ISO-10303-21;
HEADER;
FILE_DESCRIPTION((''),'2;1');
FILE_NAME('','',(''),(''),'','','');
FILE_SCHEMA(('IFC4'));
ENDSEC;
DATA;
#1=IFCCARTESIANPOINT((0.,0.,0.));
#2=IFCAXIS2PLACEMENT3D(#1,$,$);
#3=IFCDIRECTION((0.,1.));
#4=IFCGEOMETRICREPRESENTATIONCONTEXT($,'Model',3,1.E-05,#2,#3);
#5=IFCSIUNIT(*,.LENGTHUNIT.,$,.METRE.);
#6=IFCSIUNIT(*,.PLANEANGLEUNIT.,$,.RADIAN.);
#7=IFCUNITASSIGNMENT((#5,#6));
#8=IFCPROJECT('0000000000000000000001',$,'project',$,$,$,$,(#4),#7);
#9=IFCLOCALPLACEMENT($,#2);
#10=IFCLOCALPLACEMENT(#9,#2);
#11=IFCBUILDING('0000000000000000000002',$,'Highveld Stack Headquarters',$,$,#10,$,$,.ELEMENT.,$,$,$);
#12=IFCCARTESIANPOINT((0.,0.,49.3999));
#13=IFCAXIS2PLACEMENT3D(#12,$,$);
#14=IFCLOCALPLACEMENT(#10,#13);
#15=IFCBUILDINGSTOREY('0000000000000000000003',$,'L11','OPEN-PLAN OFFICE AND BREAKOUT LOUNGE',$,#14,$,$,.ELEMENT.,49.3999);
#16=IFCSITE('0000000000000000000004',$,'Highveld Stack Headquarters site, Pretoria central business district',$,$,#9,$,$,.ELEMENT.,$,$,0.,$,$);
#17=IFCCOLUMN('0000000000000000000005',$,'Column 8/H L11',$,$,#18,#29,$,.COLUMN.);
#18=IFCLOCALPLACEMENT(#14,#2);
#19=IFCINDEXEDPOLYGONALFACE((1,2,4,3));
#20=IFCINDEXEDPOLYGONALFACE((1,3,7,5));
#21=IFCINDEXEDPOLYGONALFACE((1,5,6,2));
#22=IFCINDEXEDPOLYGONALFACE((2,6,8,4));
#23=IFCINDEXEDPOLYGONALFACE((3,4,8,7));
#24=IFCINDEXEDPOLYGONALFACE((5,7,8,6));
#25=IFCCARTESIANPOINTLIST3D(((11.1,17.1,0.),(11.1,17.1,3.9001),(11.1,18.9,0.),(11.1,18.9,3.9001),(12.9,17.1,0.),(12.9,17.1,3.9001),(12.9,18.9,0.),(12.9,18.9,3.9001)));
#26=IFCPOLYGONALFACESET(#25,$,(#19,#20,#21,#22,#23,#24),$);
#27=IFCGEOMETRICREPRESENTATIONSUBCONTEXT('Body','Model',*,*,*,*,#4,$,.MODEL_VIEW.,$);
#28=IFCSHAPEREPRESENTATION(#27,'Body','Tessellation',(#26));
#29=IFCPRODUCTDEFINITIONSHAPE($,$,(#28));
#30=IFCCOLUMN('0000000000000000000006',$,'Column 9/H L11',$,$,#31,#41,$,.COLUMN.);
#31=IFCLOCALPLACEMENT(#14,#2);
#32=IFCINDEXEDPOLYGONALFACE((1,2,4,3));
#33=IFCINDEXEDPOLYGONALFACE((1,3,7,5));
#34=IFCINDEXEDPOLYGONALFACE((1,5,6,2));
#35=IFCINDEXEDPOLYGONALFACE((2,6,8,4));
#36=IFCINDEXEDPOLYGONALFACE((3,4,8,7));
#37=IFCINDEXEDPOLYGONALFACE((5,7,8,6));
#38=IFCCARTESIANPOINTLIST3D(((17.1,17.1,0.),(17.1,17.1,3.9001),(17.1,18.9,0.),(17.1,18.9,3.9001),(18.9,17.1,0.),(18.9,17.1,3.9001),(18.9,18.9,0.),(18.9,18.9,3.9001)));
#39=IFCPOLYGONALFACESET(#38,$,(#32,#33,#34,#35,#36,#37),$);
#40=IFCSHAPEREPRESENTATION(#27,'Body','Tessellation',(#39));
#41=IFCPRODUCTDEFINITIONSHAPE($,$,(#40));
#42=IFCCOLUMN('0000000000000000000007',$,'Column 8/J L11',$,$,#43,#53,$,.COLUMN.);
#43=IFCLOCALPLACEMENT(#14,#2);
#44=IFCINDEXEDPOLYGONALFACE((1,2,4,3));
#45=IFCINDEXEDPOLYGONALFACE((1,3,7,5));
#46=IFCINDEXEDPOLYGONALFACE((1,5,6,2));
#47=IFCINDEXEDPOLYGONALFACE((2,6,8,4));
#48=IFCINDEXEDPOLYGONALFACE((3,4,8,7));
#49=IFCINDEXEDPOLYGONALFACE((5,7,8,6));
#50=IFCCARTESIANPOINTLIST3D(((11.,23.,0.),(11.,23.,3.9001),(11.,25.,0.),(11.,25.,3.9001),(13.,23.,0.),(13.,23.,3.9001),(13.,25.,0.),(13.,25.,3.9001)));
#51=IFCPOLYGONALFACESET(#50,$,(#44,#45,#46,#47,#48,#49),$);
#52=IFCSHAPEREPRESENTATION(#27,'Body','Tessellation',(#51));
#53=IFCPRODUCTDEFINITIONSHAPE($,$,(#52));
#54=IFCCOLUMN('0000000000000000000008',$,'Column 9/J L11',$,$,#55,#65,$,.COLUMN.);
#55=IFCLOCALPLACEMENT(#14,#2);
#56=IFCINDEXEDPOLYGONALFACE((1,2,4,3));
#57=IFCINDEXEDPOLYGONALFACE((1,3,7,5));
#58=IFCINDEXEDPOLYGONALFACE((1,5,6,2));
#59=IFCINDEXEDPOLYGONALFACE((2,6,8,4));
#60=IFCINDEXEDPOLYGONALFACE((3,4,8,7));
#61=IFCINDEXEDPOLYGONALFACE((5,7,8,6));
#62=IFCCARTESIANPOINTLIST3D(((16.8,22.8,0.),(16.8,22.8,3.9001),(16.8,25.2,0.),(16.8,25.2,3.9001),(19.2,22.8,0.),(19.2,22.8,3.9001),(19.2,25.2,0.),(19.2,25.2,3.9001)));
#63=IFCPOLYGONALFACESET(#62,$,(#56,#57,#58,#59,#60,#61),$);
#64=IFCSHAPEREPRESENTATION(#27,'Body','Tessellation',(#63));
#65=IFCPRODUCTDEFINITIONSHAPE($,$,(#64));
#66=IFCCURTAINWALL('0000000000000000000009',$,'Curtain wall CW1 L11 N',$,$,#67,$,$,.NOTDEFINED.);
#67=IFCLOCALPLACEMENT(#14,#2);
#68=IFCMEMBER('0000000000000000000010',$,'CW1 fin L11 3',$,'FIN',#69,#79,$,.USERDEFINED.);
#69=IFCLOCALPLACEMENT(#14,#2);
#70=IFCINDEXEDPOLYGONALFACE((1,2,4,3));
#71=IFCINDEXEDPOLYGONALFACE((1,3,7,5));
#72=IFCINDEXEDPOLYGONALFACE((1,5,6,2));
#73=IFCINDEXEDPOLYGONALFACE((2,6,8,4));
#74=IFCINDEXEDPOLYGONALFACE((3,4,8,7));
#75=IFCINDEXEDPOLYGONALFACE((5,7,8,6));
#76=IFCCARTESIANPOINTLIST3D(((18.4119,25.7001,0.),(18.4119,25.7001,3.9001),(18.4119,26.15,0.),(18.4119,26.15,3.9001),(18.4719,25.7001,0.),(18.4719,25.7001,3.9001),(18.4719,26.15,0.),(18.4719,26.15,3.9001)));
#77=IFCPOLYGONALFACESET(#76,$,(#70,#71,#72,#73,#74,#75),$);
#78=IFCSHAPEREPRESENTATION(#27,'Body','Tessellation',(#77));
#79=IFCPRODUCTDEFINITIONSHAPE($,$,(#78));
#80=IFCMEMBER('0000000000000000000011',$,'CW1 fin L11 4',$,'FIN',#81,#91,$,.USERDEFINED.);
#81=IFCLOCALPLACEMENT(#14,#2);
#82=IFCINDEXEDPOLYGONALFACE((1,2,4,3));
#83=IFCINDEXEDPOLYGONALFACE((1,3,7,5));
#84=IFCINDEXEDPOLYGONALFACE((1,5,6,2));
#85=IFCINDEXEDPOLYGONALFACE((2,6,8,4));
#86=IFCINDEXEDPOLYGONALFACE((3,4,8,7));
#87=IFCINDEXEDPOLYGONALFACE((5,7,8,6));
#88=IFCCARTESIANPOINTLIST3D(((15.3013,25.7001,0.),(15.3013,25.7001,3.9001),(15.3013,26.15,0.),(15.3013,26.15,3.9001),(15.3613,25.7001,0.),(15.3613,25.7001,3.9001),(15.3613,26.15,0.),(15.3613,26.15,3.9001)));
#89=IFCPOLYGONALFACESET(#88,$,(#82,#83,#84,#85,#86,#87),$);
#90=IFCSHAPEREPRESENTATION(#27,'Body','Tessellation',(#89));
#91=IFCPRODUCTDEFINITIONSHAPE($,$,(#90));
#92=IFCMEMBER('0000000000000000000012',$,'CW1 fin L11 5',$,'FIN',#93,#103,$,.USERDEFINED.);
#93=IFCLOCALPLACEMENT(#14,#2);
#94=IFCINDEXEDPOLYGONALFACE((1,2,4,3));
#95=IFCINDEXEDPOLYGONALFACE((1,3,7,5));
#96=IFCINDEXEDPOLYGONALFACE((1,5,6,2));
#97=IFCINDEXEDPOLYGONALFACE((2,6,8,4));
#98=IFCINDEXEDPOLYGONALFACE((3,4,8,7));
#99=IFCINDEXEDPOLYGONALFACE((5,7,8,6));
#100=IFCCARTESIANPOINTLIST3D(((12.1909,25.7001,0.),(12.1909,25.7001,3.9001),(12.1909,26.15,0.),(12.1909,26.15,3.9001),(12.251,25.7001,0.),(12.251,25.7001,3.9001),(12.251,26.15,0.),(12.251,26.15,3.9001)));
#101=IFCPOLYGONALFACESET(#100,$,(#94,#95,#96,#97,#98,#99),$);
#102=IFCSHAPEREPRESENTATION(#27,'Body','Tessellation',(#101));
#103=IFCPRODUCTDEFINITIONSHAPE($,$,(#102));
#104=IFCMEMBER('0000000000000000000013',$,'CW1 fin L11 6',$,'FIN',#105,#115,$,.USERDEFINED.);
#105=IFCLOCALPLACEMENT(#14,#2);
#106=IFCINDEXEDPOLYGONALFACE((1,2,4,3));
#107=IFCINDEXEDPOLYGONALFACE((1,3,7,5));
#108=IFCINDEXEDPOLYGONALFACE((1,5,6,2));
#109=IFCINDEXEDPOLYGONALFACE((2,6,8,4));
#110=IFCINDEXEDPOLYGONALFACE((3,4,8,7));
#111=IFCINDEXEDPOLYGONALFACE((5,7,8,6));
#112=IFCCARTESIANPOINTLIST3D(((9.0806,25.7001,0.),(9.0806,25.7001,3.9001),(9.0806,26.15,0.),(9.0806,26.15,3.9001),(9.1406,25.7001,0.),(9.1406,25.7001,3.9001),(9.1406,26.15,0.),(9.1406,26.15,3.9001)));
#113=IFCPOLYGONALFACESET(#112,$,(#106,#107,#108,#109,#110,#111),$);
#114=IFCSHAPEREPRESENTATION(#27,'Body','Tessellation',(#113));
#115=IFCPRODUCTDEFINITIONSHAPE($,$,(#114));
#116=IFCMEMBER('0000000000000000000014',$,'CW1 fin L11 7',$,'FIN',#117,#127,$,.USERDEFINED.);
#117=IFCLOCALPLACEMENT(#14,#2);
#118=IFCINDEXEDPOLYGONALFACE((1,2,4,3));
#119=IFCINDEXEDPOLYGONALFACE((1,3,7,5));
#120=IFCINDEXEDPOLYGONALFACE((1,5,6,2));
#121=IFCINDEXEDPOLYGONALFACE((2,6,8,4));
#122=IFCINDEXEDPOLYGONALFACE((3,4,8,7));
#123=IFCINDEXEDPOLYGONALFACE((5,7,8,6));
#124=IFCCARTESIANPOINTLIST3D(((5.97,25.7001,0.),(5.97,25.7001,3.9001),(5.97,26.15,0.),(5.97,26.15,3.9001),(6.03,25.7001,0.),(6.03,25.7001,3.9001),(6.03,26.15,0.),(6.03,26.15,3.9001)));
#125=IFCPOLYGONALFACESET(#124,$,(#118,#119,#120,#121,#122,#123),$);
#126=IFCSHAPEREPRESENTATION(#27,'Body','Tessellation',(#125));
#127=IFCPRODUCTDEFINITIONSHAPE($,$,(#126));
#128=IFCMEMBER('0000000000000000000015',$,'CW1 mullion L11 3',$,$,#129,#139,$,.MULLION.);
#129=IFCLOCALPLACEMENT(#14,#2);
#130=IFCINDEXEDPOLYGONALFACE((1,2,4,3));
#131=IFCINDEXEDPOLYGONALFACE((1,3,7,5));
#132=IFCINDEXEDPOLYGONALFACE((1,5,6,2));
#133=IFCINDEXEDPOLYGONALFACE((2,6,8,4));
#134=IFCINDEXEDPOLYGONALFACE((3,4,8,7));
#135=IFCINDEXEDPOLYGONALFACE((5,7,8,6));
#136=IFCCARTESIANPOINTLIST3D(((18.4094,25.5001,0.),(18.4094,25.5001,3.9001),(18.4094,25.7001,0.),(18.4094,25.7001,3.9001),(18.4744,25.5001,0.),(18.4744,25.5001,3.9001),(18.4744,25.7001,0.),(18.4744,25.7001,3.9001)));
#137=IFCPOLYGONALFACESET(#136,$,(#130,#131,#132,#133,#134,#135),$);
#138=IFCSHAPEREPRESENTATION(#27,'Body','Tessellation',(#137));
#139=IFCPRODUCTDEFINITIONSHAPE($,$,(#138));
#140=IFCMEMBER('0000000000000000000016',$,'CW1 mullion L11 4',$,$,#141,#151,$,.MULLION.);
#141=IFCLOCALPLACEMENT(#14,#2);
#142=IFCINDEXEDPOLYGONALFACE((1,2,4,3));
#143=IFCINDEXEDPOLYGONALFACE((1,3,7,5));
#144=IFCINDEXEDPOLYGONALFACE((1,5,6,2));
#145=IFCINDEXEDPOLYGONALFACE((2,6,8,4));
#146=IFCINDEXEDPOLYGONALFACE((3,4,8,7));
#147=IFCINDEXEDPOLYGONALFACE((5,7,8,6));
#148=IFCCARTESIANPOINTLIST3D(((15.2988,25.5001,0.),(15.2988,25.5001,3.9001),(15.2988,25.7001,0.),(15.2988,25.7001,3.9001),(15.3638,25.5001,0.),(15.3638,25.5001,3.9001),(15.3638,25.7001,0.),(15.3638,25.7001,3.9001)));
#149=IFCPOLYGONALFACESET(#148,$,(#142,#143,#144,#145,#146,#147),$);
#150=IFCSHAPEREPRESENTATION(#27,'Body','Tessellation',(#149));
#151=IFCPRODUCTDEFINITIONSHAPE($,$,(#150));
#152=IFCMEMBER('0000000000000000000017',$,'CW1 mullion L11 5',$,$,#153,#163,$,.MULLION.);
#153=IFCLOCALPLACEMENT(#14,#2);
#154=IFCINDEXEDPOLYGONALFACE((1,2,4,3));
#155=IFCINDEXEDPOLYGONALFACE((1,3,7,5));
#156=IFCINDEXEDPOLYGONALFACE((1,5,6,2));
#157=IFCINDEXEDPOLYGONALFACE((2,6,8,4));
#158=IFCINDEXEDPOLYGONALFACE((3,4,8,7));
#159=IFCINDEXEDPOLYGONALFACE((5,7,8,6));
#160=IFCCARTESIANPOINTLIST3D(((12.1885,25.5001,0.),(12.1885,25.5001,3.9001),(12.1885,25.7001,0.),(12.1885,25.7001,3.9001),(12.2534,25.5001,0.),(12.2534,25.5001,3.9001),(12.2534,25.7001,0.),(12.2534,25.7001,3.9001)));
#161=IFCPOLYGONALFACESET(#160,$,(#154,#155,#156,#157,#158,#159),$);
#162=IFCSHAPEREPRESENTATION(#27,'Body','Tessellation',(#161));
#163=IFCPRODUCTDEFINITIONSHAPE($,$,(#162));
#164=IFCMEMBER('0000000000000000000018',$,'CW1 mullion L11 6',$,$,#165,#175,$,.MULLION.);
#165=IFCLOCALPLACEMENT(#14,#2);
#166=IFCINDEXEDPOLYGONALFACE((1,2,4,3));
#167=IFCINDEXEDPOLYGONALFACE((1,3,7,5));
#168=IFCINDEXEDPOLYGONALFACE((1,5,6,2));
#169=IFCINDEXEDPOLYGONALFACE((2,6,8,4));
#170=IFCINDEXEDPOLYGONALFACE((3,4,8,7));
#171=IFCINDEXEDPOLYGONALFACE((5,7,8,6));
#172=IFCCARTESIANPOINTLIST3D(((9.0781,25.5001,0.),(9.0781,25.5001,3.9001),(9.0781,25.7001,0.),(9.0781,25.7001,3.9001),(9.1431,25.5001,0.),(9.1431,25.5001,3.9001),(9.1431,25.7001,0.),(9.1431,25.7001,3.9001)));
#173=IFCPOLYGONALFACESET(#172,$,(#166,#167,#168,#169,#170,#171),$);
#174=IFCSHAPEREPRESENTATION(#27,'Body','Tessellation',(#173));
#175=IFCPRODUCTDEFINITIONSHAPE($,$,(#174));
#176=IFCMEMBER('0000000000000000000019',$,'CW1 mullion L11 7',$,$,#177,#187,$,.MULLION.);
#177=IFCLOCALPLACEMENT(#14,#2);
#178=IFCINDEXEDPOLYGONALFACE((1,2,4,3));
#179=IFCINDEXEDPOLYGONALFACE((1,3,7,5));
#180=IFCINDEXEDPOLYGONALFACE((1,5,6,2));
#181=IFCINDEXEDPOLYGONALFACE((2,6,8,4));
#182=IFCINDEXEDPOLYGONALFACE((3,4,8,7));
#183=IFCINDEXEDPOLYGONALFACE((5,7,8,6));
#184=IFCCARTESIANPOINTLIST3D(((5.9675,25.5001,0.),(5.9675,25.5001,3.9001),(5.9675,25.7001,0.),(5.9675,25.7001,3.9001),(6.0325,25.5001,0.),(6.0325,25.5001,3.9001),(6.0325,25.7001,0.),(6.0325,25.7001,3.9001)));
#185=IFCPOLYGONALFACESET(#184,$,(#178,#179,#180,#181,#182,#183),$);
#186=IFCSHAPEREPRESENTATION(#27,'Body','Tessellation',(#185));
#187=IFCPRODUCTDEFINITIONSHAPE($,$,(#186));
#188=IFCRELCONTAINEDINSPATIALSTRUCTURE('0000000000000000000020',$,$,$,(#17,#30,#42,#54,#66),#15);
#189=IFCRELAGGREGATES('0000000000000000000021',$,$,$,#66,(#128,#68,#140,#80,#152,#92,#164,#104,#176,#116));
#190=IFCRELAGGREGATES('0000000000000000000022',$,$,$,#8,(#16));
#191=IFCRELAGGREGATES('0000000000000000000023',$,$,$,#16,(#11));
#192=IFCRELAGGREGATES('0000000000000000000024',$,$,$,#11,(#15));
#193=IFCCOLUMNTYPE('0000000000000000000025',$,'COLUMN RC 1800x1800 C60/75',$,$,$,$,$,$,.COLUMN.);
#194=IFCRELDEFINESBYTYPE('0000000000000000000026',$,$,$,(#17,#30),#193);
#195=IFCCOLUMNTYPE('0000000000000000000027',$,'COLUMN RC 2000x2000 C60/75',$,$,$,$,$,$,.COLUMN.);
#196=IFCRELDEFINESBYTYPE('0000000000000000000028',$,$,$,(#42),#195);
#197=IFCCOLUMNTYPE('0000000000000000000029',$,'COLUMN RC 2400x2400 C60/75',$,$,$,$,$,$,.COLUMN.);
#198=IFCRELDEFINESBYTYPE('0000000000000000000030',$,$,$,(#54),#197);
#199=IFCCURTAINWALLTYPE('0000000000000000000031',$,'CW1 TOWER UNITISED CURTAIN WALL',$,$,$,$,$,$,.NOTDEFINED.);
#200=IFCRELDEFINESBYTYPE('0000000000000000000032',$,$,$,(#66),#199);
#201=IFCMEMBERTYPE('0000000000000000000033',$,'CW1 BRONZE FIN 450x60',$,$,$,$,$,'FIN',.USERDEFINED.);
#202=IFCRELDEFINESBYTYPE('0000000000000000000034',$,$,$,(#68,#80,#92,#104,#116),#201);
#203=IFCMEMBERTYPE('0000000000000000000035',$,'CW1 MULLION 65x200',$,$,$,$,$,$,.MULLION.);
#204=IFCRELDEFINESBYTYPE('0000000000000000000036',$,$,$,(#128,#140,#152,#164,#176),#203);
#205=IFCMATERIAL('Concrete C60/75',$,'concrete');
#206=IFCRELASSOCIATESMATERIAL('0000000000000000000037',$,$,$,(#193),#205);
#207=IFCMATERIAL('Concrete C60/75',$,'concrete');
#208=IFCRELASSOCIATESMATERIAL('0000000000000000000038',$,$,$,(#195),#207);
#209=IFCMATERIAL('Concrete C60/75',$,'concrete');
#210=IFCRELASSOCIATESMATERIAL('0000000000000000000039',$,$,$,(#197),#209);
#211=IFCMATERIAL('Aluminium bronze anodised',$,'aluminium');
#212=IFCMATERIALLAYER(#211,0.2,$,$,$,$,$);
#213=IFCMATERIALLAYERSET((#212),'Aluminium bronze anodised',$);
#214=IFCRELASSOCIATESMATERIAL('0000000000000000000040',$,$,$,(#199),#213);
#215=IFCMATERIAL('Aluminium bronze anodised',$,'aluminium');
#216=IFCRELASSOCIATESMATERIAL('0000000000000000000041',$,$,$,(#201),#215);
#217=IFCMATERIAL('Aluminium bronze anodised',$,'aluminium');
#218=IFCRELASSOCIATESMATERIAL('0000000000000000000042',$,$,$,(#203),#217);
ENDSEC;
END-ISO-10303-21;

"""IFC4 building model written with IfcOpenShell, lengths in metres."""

from ifc_helpers import new_model, si_unit, direction, frame, origin, origin_2d, place, context, subcontext, project, spatial, rectangle, extrude, material, layer, layer_set, material_profile, profile_set, type_object, element, aggregate, save


model = new_model("IFC4")

# Units and contexts
model_context = context("Model", 3, precision=1e-05, world=origin(), true_north=direction((0.0, 1.0)))
body_context = subcontext(model_context, "Body", "Model", "MODEL_VIEW")
ifc_project = project(units=[si_unit("LENGTHUNIT", "METRE"), si_unit("PLANEANGLEUNIT", "RADIAN")], contexts=[model_context])

# Site, building, storey
site_placement = place(None, origin())
site = spatial("IfcSite", under=ifc_project, at=site_placement, Name="Highveld Stack Headquarters site, Pretoria central business district", CompositionType="ELEMENT", RefElevation=0.0)
building_placement = place(site_placement, origin())
building = spatial("IfcBuilding", under=site, at=building_placement, Name="Highveld Stack Headquarters", CompositionType="ELEMENT")
storey_placement = place(building_placement, frame((0.0, 0.0, 49.3999)))
storey = spatial("IfcBuildingStorey", under=building, at=storey_placement, Name="L11", Description="OPEN-PLAN OFFICE AND BREAKOUT LOUNGE", CompositionType="ELEMENT", Elevation=49.3999)

# Columns
ifc_material_1 = material(Name="Concrete C60/75", Category="concrete")
ifc_material_profile_1 = material_profile(ifc_material_1, rectangle(XDim=1.8, YDim=1.8, at=origin_2d()), Name="RC 1800x1800")
ifc_profile_set_1 = profile_set([ifc_material_profile_1], Name="Concrete C60/75")
column_type_1 = type_object("IfcColumnType", Name="COLUMN RC 1800x1800 C60/75", PredefinedType="COLUMN", material=ifc_profile_set_1)
for number, where, z_axis, x_axis, name in (
    (1, (12.0, 18.0, 0.0), (0.0, 0.0, 1.0), (1.0, 0.0, 0.0), "Column 8/H L11"),
    (2, (18.0, 18.0, 0.0), (0.0, 0.0, 1.0), (1.0, 0.0, 0.0), "Column 9/H L11"),
):
    element("IfcColumn", number, at=place(storey_placement, frame(where, z_axis=z_axis, x_axis=x_axis)), inside=storey, type_object=column_type_1, Name=name, PredefinedType="COLUMN", context=body_context, shape_type="SweptSolid", body=[
        extrude(rectangle(XDim=1.8, YDim=1.8, at=origin_2d()), origin(), (0.0, 0.0, 1.0), 3.9001),
    ])
ifc_material_2 = material(Name="Concrete C60/75", Category="concrete")
ifc_material_profile_2 = material_profile(ifc_material_2, rectangle(XDim=2.0, YDim=2.0, at=origin_2d()), Name="RC 2000x2000")
ifc_profile_set_2 = profile_set([ifc_material_profile_2], Name="Concrete C60/75")
column_type_2 = type_object("IfcColumnType", Name="COLUMN RC 2000x2000 C60/75", PredefinedType="COLUMN", material=ifc_profile_set_2)
column_1_placement = place(storey_placement, frame((12.0, 24.0, 0.0), z_axis=(0.0, 0.0, 1.0), x_axis=(1.0, 0.0, 0.0)))
element("IfcColumn", 3, at=column_1_placement, inside=storey, type_object=column_type_2, Name="Column 8/J L11", PredefinedType="COLUMN", context=body_context, shape_type="SweptSolid", body=[
    extrude(rectangle(XDim=2.0, YDim=2.0, at=origin_2d()), origin(), (0.0, 0.0, 1.0), 3.9001),
])
ifc_material_3 = material(Name="Concrete C60/75", Category="concrete")
ifc_material_profile_3 = material_profile(ifc_material_3, rectangle(XDim=2.3999, YDim=2.3999, at=origin_2d()), Name="RC 2400x2400")
ifc_profile_set_3 = profile_set([ifc_material_profile_3], Name="Concrete C60/75")
column_type_3 = type_object("IfcColumnType", Name="COLUMN RC 2400x2400 C60/75", PredefinedType="COLUMN", material=ifc_profile_set_3)
column_2_placement = place(storey_placement, frame((18.0, 24.0, 0.0), z_axis=(0.0, 0.0, 1.0), x_axis=(1.0, 0.0, 0.0)))
element("IfcColumn", 4, at=column_2_placement, inside=storey, type_object=column_type_3, Name="Column 9/J L11", PredefinedType="COLUMN", context=body_context, shape_type="SweptSolid", body=[
    extrude(rectangle(XDim=2.3999, YDim=2.3999, at=origin_2d()), origin(), (0.0, 0.0, 1.0), 3.9001),
])

# Curtain wall, members
ifc_material_4 = material(Name="Aluminium bronze anodised", Category="aluminium")
ifc_layer_1 = layer(ifc_material_4, 0.2)
ifc_layer_set_1 = layer_set([ifc_layer_1], Name="Aluminium bronze anodised")
curtain_wall_type = type_object("IfcCurtainWallType", Name="CW1 TOWER UNITISED CURTAIN WALL", PredefinedType="NOTDEFINED", material=ifc_layer_set_1)
curtain_wall_placement = place(storey_placement, origin())
curtain_wall = element("IfcCurtainWall", 5, at=curtain_wall_placement, inside=storey, type_object=curtain_wall_type, Name="Curtain wall CW1 L11 N", PredefinedType="NOTDEFINED")
ifc_material_5 = material(Name="Aluminium bronze anodised", Category="aluminium")
ifc_material_profile_4 = material_profile(ifc_material_5, rectangle(XDim=0.45, YDim=0.0601, at=origin_2d()), Name="FIN 450x60")
ifc_profile_set_4 = profile_set([ifc_material_profile_4], Name="Aluminium bronze anodised")
member_type_1 = type_object("IfcMemberType", Name="CW1 BRONZE FIN 450x60", ElementType="FIN", PredefinedType="USERDEFINED", material=ifc_profile_set_4)
member_1_placement = place(storey_placement, frame((18.4419, 25.925, 0.0), z_axis=(0.0, 0.0, 1.0), x_axis=(0.0, -1.0, 0.0)))
member_1 = element("IfcMember", 6, at=member_1_placement, type_object=member_type_1, Name="CW1 fin L11 3", ObjectType="FIN", PredefinedType="USERDEFINED", context=body_context, shape_type="SweptSolid", body=[
    extrude(rectangle(XDim=0.45, YDim=0.0601, at=origin_2d()), origin(), (0.0, 0.0, 1.0), 3.9001),
])
member_2_placement = place(storey_placement, frame((15.3313, 25.925, 0.0), z_axis=(0.0, 0.0, 1.0), x_axis=(0.0, -1.0, 0.0)))
member_2 = element("IfcMember", 7, at=member_2_placement, type_object=member_type_1, Name="CW1 fin L11 4", ObjectType="FIN", PredefinedType="USERDEFINED", context=body_context, shape_type="SweptSolid", body=[
    extrude(rectangle(XDim=0.45, YDim=0.0601, at=origin_2d()), origin(), (0.0, 0.0, 1.0), 3.9001),
])
member_3_placement = place(storey_placement, frame((12.2209, 25.925, 0.0), z_axis=(0.0, 0.0, 1.0), x_axis=(0.0, -1.0, 0.0)))
member_3 = element("IfcMember", 8, at=member_3_placement, type_object=member_type_1, Name="CW1 fin L11 5", ObjectType="FIN", PredefinedType="USERDEFINED", context=body_context, shape_type="SweptSolid", body=[
    extrude(rectangle(XDim=0.45, YDim=0.0601, at=origin_2d()), origin(), (0.0, 0.0, 1.0), 3.9001),
])
member_4_placement = place(storey_placement, frame((9.1106, 25.925, 0.0), z_axis=(0.0, 0.0, 1.0), x_axis=(0.0, -1.0, 0.0)))
member_4 = element("IfcMember", 9, at=member_4_placement, type_object=member_type_1, Name="CW1 fin L11 6", ObjectType="FIN", PredefinedType="USERDEFINED", context=body_context, shape_type="SweptSolid", body=[
    extrude(rectangle(XDim=0.45, YDim=0.0601, at=origin_2d()), origin(), (0.0, 0.0, 1.0), 3.9001),
])
member_5_placement = place(storey_placement, frame((6.0, 25.925, 0.0), z_axis=(0.0, 0.0, 1.0), x_axis=(0.0, -1.0, 0.0)))
member_5 = element("IfcMember", 10, at=member_5_placement, type_object=member_type_1, Name="CW1 fin L11 7", ObjectType="FIN", PredefinedType="USERDEFINED", context=body_context, shape_type="SweptSolid", body=[
    extrude(rectangle(XDim=0.45, YDim=0.0601, at=origin_2d()), origin(), (0.0, 0.0, 1.0), 3.9001),
])
ifc_material_6 = material(Name="Aluminium bronze anodised", Category="aluminium")
ifc_material_profile_5 = material_profile(ifc_material_6, rectangle(XDim=0.2, YDim=0.0649, at=origin_2d()), Name="CW1 MULLION 65x200")
ifc_profile_set_5 = profile_set([ifc_material_profile_5], Name="Aluminium bronze anodised")
member_type_2 = type_object("IfcMemberType", Name="CW1 MULLION 65x200", PredefinedType="MULLION", material=ifc_profile_set_5)
member_6_placement = place(storey_placement, frame((18.4419, 25.6001, 0.0), z_axis=(0.0, 0.0, 1.0), x_axis=(0.0, -1.0, 0.0)))
member_6 = element("IfcMember", 11, at=member_6_placement, type_object=member_type_2, Name="CW1 mullion L11 3", PredefinedType="MULLION", context=body_context, shape_type="SweptSolid", body=[
    extrude(rectangle(XDim=0.2, YDim=0.0649, at=origin_2d()), origin(), (0.0, 0.0, 1.0), 3.9001),
])
member_7_placement = place(storey_placement, frame((15.3313, 25.6001, 0.0), z_axis=(0.0, 0.0, 1.0), x_axis=(0.0, -1.0, 0.0)))
member_7 = element("IfcMember", 12, at=member_7_placement, type_object=member_type_2, Name="CW1 mullion L11 4", PredefinedType="MULLION", context=body_context, shape_type="SweptSolid", body=[
    extrude(rectangle(XDim=0.2, YDim=0.0649, at=origin_2d()), origin(), (0.0, 0.0, 1.0), 3.9001),
])
member_8_placement = place(storey_placement, frame((12.2209, 25.6001, 0.0), z_axis=(0.0, 0.0, 1.0), x_axis=(0.0, -1.0, 0.0)))
member_8 = element("IfcMember", 13, at=member_8_placement, type_object=member_type_2, Name="CW1 mullion L11 5", PredefinedType="MULLION", context=body_context, shape_type="SweptSolid", body=[
    extrude(rectangle(XDim=0.2, YDim=0.0649, at=origin_2d()), origin(), (0.0, 0.0, 1.0), 3.9001),
])
member_9_placement = place(storey_placement, frame((9.1106, 25.6001, 0.0), z_axis=(0.0, 0.0, 1.0), x_axis=(0.0, -1.0, 0.0)))
member_9 = element("IfcMember", 14, at=member_9_placement, type_object=member_type_2, Name="CW1 mullion L11 6", PredefinedType="MULLION", context=body_context, shape_type="SweptSolid", body=[
    extrude(rectangle(XDim=0.2, YDim=0.0649, at=origin_2d()), origin(), (0.0, 0.0, 1.0), 3.9001),
])
member_10_placement = place(storey_placement, frame((6.0, 25.6001, 0.0), z_axis=(0.0, 0.0, 1.0), x_axis=(0.0, -1.0, 0.0)))
member_10 = element("IfcMember", 15, at=member_10_placement, type_object=member_type_2, Name="CW1 mullion L11 7", PredefinedType="MULLION", context=body_context, shape_type="SweptSolid", body=[
    extrude(rectangle(XDim=0.2, YDim=0.0649, at=origin_2d()), origin(), (0.0, 0.0, 1.0), 3.9001),
])
aggregate(curtain_wall, [member_6, member_1, member_7, member_2, member_8, member_3, member_9, member_4, member_10, member_5])

save(model, "model.ifc")
